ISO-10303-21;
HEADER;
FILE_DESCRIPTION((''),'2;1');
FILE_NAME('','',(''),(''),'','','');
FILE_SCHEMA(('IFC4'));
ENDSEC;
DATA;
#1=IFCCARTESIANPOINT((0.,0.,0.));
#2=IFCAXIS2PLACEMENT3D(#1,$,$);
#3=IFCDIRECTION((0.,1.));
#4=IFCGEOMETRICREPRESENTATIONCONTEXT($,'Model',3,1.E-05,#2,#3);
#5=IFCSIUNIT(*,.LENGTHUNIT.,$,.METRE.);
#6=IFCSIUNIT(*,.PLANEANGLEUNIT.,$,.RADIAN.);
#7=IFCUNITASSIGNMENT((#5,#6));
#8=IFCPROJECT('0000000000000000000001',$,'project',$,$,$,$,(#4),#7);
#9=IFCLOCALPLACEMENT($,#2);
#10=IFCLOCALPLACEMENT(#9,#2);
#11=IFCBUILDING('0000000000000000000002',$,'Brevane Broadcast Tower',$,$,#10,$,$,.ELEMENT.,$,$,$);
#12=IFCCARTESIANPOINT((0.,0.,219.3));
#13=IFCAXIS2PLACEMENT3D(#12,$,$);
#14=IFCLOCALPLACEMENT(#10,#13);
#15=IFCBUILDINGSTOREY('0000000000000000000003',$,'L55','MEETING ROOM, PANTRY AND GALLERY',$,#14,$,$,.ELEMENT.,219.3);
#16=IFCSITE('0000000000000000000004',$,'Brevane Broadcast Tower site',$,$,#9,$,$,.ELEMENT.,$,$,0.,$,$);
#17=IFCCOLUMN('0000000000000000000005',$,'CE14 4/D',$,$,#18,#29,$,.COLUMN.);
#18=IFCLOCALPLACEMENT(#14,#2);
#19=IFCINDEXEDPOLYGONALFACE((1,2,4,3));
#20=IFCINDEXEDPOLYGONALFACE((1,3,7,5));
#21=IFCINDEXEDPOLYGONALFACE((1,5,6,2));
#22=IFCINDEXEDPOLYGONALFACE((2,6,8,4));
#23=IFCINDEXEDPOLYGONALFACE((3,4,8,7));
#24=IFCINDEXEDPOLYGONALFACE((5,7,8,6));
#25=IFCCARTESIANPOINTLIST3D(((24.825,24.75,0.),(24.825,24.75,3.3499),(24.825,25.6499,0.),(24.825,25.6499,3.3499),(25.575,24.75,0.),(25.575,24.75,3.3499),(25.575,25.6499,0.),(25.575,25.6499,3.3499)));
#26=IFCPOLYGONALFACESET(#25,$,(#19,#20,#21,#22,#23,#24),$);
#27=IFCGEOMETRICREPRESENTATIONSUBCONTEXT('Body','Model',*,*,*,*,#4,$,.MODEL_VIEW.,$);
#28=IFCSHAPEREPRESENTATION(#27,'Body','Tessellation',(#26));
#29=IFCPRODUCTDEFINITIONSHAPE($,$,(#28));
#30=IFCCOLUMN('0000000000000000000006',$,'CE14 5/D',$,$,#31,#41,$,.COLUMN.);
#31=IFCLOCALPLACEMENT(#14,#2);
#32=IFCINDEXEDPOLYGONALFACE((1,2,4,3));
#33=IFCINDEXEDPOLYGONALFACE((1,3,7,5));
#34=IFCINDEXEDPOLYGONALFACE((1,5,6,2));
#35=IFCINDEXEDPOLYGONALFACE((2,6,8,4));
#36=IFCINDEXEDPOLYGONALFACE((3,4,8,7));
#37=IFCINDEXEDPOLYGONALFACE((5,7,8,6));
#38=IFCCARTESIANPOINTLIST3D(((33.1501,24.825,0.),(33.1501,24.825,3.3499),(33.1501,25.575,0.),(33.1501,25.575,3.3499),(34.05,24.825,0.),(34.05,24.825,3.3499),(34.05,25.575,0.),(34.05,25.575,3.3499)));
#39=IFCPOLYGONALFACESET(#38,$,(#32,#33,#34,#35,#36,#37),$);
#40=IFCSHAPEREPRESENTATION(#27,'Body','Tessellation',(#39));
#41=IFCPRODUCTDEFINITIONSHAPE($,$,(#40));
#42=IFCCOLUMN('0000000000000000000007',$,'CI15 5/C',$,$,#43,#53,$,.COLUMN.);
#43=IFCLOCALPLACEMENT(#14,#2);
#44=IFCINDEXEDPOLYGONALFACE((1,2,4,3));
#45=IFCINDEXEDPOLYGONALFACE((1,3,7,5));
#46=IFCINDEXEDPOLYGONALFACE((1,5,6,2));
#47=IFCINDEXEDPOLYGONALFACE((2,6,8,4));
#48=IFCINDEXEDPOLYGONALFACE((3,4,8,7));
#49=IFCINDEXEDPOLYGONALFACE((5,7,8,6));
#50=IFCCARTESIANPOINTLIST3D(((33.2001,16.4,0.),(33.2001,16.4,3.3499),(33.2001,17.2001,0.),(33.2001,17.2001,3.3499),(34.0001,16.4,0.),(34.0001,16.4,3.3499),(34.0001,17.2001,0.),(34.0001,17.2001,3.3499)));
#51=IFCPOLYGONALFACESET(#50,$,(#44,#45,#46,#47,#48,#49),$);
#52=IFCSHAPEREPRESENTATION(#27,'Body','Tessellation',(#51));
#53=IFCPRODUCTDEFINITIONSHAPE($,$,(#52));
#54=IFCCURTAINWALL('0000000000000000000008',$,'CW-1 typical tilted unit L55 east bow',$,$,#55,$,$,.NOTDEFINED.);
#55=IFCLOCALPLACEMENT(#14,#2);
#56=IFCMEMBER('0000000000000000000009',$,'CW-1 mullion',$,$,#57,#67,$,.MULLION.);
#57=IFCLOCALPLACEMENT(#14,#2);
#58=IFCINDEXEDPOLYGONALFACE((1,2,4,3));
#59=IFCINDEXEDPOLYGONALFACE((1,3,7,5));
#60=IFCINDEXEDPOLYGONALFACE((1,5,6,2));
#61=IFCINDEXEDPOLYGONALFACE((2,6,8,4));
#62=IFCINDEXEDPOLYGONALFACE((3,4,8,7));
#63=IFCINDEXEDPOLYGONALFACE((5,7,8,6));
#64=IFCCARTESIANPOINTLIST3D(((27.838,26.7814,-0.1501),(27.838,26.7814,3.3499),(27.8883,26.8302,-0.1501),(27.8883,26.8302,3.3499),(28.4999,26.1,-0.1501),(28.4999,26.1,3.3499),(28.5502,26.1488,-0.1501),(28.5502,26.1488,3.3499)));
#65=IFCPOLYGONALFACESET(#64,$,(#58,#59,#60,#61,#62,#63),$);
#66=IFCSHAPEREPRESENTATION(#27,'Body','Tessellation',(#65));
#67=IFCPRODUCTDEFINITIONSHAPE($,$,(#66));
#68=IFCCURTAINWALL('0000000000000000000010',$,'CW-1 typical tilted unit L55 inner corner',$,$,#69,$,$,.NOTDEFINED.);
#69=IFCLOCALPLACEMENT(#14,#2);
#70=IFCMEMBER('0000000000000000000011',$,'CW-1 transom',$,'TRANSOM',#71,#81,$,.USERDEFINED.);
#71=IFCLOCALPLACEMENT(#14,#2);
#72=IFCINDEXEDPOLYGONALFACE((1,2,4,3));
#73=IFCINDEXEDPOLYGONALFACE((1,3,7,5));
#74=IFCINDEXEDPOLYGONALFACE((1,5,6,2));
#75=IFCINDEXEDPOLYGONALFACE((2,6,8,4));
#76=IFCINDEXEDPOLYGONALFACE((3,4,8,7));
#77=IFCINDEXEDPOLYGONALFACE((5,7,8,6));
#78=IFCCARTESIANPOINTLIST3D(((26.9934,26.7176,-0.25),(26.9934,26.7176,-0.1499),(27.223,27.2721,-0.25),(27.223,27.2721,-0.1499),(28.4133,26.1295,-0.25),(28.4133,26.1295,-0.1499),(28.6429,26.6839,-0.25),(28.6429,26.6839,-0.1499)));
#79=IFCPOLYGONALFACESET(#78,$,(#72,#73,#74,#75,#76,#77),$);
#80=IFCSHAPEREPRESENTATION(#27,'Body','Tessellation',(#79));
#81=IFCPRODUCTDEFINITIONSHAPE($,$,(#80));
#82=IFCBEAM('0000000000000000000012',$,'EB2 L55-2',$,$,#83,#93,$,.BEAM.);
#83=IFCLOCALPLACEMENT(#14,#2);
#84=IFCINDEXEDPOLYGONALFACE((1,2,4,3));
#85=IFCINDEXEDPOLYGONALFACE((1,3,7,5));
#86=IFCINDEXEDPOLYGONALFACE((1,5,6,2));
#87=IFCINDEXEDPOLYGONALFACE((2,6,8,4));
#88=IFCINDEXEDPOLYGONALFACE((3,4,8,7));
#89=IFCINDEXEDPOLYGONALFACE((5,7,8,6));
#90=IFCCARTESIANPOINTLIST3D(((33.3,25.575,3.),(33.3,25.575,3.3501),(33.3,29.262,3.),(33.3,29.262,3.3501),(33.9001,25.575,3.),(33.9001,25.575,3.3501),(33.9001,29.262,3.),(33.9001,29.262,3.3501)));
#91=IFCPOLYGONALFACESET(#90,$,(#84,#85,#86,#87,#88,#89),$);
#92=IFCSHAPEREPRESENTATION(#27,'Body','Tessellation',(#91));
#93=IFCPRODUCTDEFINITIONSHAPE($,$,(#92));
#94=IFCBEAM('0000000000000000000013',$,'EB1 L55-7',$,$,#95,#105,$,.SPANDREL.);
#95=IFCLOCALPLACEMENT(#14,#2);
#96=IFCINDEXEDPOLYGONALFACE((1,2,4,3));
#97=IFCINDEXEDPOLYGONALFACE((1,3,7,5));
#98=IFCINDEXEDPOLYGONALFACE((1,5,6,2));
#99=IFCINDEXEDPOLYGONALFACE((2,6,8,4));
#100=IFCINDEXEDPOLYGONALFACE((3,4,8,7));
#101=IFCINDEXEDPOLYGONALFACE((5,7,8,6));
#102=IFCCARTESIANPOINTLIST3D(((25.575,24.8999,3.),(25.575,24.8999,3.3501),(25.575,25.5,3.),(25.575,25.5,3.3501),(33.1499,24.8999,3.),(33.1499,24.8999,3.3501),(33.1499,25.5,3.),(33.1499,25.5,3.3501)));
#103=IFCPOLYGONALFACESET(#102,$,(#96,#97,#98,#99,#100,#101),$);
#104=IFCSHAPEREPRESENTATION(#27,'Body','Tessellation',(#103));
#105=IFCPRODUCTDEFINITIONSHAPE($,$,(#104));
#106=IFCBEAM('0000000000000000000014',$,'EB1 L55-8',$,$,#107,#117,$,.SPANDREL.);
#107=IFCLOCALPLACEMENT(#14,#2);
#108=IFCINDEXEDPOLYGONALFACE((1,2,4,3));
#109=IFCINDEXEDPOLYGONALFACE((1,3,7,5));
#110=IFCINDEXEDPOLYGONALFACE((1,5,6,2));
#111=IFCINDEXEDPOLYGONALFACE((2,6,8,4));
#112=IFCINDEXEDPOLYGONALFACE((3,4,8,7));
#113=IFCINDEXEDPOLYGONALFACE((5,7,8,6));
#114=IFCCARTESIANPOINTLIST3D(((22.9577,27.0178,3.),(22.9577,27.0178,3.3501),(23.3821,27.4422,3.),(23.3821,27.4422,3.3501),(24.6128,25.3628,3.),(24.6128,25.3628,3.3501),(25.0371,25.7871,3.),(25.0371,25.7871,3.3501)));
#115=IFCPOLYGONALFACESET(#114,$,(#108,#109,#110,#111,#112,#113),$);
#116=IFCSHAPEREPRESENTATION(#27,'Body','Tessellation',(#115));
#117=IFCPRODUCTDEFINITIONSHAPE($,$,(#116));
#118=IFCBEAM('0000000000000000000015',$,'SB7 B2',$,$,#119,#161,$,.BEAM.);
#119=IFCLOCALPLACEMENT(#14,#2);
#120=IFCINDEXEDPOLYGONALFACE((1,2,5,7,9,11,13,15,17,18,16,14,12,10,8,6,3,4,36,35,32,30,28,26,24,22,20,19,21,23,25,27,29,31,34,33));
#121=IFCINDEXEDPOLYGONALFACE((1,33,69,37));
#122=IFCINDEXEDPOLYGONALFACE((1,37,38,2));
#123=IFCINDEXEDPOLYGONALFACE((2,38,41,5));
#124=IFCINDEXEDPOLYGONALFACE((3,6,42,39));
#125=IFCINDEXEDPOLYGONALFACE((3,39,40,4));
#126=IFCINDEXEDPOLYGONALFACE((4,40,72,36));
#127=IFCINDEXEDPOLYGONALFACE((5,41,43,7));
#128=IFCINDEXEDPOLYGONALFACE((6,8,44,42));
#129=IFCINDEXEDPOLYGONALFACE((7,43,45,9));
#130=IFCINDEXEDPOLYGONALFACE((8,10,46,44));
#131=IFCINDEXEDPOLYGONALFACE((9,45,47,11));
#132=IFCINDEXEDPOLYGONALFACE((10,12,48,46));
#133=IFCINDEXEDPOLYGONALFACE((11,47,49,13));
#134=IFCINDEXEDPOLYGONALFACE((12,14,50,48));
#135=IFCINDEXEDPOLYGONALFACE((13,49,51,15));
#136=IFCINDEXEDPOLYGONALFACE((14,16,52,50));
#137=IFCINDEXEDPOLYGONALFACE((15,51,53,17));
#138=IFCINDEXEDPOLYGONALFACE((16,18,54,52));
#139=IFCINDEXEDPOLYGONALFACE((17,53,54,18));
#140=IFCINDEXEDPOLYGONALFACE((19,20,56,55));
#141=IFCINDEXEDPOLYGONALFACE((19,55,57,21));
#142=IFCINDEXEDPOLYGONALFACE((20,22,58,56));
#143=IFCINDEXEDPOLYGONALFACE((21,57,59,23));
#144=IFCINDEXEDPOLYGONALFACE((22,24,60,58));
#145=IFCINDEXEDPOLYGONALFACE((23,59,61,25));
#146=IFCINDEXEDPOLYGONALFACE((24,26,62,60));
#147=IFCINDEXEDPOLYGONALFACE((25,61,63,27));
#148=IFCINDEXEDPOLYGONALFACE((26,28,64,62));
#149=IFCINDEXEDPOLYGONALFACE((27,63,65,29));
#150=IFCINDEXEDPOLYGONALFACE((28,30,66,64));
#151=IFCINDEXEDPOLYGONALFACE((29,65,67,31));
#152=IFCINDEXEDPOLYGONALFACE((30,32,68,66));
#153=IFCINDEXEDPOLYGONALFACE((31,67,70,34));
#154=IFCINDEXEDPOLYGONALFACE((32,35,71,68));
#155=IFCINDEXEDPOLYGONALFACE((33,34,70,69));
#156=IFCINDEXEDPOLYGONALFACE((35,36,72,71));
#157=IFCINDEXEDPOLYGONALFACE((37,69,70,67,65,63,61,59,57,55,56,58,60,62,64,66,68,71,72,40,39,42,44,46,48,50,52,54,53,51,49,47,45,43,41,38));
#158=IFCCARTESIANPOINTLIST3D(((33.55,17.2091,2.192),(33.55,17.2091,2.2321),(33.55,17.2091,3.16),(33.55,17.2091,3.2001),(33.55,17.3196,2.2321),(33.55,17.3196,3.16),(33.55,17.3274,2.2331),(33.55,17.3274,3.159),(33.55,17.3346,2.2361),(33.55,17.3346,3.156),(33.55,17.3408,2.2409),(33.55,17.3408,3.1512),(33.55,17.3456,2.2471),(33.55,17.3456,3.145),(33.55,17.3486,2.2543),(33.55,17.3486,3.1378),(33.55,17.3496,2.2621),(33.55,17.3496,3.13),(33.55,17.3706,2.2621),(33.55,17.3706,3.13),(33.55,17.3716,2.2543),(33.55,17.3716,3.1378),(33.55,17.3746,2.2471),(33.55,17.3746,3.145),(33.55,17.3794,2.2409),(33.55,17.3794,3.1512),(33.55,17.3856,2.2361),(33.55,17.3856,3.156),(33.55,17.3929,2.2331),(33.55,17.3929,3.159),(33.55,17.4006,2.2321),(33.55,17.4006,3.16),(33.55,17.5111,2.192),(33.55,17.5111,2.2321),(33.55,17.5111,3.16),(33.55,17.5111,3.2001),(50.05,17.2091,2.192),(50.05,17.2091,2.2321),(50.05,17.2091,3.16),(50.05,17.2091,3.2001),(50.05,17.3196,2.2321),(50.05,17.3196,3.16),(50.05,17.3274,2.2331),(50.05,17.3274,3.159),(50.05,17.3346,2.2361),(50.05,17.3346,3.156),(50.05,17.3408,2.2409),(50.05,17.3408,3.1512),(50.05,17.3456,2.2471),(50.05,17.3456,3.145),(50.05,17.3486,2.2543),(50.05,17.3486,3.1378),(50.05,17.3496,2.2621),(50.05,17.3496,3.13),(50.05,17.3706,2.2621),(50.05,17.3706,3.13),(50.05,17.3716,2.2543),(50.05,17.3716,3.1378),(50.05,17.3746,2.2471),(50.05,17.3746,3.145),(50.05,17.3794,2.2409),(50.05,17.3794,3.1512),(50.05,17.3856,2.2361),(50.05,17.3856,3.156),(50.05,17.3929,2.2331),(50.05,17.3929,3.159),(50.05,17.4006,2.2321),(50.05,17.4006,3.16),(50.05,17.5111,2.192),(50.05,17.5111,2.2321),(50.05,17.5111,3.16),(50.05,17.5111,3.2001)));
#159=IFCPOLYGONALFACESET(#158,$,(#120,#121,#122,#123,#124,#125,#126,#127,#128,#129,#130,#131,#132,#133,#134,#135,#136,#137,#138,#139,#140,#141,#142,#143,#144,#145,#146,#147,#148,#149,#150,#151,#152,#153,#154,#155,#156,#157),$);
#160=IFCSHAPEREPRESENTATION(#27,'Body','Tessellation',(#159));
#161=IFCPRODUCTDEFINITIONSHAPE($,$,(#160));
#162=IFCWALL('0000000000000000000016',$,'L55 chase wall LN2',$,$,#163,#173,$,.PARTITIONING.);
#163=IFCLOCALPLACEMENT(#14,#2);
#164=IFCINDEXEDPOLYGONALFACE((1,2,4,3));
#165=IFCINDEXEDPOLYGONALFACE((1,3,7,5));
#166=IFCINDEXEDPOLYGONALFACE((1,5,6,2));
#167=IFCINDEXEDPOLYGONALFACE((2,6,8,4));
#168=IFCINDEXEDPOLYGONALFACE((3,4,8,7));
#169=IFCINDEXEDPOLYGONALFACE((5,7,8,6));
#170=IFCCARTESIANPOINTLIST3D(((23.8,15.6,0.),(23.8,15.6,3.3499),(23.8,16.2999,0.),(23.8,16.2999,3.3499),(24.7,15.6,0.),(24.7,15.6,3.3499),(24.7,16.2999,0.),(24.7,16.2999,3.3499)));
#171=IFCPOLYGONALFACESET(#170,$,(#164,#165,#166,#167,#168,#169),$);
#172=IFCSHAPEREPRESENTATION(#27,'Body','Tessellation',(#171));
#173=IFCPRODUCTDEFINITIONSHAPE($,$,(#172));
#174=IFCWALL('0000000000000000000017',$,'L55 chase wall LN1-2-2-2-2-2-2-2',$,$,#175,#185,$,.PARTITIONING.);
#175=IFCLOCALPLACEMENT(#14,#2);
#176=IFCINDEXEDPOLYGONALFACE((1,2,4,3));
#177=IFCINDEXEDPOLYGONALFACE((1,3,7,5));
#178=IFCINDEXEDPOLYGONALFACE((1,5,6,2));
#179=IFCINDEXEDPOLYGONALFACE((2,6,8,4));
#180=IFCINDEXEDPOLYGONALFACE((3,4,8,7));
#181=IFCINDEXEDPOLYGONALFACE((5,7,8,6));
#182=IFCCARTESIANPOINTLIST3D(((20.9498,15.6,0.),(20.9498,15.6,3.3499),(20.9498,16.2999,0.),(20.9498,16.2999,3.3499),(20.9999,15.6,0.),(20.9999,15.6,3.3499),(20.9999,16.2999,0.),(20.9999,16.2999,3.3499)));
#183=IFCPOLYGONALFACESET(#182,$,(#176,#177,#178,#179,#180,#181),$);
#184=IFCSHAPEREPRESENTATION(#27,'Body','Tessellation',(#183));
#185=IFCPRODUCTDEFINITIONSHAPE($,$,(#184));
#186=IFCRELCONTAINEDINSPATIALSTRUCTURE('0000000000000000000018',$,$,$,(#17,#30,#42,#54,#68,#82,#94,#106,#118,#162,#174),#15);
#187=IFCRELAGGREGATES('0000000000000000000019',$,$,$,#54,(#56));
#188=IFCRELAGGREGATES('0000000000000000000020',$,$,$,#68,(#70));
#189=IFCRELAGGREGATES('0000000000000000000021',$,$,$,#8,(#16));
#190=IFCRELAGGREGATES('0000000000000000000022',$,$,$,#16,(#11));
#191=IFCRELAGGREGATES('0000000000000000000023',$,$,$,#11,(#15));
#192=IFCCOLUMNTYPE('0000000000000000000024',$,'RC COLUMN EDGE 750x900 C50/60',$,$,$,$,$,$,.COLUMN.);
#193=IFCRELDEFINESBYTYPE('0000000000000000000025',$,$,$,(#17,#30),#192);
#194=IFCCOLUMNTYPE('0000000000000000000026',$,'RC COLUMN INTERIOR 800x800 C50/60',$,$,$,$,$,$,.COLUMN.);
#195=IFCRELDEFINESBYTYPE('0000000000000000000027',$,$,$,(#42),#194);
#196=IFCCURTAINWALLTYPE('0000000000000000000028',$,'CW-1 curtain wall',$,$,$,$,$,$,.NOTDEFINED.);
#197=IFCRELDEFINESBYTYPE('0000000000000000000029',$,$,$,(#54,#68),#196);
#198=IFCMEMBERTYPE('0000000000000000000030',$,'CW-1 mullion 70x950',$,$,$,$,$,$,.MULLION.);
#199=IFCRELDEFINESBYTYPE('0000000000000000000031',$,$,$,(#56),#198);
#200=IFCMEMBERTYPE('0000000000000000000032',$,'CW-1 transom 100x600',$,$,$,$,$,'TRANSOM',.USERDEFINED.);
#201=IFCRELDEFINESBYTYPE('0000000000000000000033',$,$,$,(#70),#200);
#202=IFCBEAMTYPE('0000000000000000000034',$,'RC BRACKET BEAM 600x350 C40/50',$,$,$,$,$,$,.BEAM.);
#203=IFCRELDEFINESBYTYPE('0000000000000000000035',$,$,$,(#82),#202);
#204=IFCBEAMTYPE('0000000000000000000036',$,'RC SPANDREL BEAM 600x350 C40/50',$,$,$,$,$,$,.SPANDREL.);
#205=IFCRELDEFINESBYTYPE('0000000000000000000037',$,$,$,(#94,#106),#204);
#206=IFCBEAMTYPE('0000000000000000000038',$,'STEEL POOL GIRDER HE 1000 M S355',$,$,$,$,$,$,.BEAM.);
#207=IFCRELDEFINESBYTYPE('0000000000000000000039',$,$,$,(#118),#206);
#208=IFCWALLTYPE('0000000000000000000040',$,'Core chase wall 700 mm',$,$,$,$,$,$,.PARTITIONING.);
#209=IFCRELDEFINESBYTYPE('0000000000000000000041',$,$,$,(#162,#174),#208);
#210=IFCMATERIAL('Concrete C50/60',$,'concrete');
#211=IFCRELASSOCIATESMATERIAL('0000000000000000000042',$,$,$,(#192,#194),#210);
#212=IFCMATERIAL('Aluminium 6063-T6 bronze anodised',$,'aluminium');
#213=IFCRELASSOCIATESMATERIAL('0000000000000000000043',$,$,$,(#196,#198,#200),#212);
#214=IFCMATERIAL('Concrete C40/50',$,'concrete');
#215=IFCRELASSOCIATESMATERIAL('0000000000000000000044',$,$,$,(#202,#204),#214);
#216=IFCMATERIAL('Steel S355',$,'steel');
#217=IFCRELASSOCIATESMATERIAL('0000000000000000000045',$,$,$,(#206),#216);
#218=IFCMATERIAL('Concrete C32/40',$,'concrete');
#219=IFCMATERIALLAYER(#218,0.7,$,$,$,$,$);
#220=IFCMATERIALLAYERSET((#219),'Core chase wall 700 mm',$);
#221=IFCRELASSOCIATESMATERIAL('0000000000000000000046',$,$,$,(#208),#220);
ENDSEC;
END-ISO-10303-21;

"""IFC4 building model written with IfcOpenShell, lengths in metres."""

from ifc_helpers import new_model, si_unit, direction, frame, frame_2d, origin, origin_2d, place, context, subcontext, project, spatial, rectangle, i_section, extrude, material, layer, layer_set, material_profile, profile_set, type_object, element, aggregate, save


model = new_model("IFC4")

# Units and contexts
model_context = context("Model", 3, precision=1e-05, world=origin(), true_north=direction((0.0, 1.0)))
body_context = subcontext(model_context, "Body", "Model", "MODEL_VIEW")
ifc_project = project(units=[si_unit("LENGTHUNIT", "METRE"), si_unit("PLANEANGLEUNIT", "RADIAN")], contexts=[model_context])

# Site, building, storey
site_placement = place(None, origin())
site = spatial("IfcSite", under=ifc_project, at=site_placement, Name="Brevane Broadcast Tower site", CompositionType="ELEMENT", RefElevation=0.0)
building_placement = place(site_placement, origin())
building = spatial("IfcBuilding", under=site, at=building_placement, Name="Brevane Broadcast Tower", CompositionType="ELEMENT")
storey_placement = place(building_placement, frame((0.0, 0.0, 219.3)))
storey = spatial("IfcBuildingStorey", under=building, at=storey_placement, Name="L55", Description="MEETING ROOM, PANTRY AND GALLERY", CompositionType="ELEMENT", Elevation=219.3)

# Columns
ifc_material_1 = material(Name="Concrete C50/60", Category="concrete")
ifc_material_profile_1 = material_profile(ifc_material_1, rectangle(XDim=0.75, YDim=0.8999, at=origin_2d()), Name="RC 750x900")
ifc_profile_set_1 = profile_set([ifc_material_profile_1], Name="Concrete C50/60")
column_type_1 = type_object("IfcColumnType", Name="RC COLUMN EDGE 750x900 C50/60", PredefinedType="COLUMN", material=ifc_profile_set_1)
for number, where, z_axis, x_axis, name in (
    (1, (25.2, 25.2, 0.0), (0.0, 0.0, 1.0), (1.0, 0.0, 0.0), "CE14 4/D"),
    (2, (33.6001, 25.2, 0.0), (0.0, 0.0, 1.0), (0.0, 1.0, 0.0), "CE14 5/D"),
):
    element("IfcColumn", number, at=place(storey_placement, frame(where, z_axis=z_axis, x_axis=x_axis)), inside=storey, type_object=column_type_1, Name=name, PredefinedType="COLUMN", context=body_context, shape_type="SweptSolid", body=[
        extrude(rectangle(XDim=0.75, YDim=0.8999, at=origin_2d()), origin(), (0.0, 0.0, 1.0), 3.3499),
    ])
ifc_material_profile_2 = material_profile(ifc_material_1, rectangle(XDim=0.8, YDim=0.8, at=origin_2d()), Name="RC 800x800")
ifc_profile_set_2 = profile_set([ifc_material_profile_2], Name="Concrete C50/60")
column_type_2 = type_object("IfcColumnType", Name="RC COLUMN INTERIOR 800x800 C50/60", PredefinedType="COLUMN", material=ifc_profile_set_2)
column_placement = place(storey_placement, frame((33.6001, 16.8, 0.0), z_axis=(0.0, 0.0, 1.0), x_axis=(1.0, 0.0, 0.0)))
element("IfcColumn", 3, at=column_placement, inside=storey, type_object=column_type_2, Name="CI15 5/C", PredefinedType="COLUMN", context=body_context, shape_type="SweptSolid", body=[
    extrude(rectangle(XDim=0.8, YDim=0.8, at=origin_2d()), origin(), (0.0, 0.0, 1.0), 3.3499),
])

# Curtain walls, members
ifc_material_2 = material(Name="Aluminium 6063-T6 bronze anodised", Category="aluminium")
curtain_wall_type = type_object("IfcCurtainWallType", Name="CW-1 curtain wall", PredefinedType="NOTDEFINED", material=ifc_material_2)
curtain_wall_1_placement = place(storey_placement, origin())
curtain_wall_1 = element("IfcCurtainWall", 4, at=curtain_wall_1_placement, inside=storey, type_object=curtain_wall_type, Name="CW-1 typical tilted unit L55 east bow", PredefinedType="NOTDEFINED")
ifc_material_profile_3 = material_profile(ifc_material_2, rectangle(XDim=0.95, YDim=0.0701, at=origin_2d()), Name="RECT 70x950")
ifc_profile_set_3 = profile_set([ifc_material_profile_3], Name="Aluminium 6063-T6 bronze anodised")
member_type_1 = type_object("IfcMemberType", Name="CW-1 mullion 70x950", PredefinedType="MULLION", material=ifc_profile_set_3)
member_1_placement = place(storey_placement, frame((28.1941, 26.4651, -0.1501), z_axis=(0.0, 0.0, 1.0), x_axis=(0.696812, -0.717254, 0.0)))
member_1 = element("IfcMember", 5, at=member_1_placement, type_object=member_type_1, Name="CW-1 mullion", PredefinedType="MULLION", context=body_context, shape_type="SweptSolid", body=[
    extrude(rectangle(XDim=0.95, YDim=0.0701, at=origin_2d()), origin(), (0.0, 0.0, 1.0), 3.5),
])
aggregate(curtain_wall_1, [member_1])
curtain_wall_2_placement = place(storey_placement, origin())
curtain_wall_2 = element("IfcCurtainWall", 6, at=curtain_wall_2_placement, inside=storey, type_object=curtain_wall_type, Name="CW-1 typical tilted unit L55 inner corner", PredefinedType="NOTDEFINED")
ifc_material_profile_4 = material_profile(ifc_material_2, rectangle(XDim=0.6001, YDim=0.1001, at=origin_2d()), Name="RECT 100x600")
ifc_profile_set_4 = profile_set([ifc_material_profile_4], Name="Aluminium 6063-T6 bronze anodised")
member_type_2 = type_object("IfcMemberType", Name="CW-1 transom 100x600", ElementType="TRANSOM", PredefinedType="USERDEFINED", material=ifc_profile_set_4)
member_2_placement = place(storey_placement, frame((28.5281, 26.4067, -0.2), z_axis=(-0.923883, 0.382674, 0.0), x_axis=(-0.382674, -0.923883, 0.0)))
member_2 = element("IfcMember", 7, at=member_2_placement, type_object=member_type_2, Name="CW-1 transom", ObjectType="TRANSOM", PredefinedType="USERDEFINED", context=body_context, shape_type="SweptSolid", body=[
    extrude(rectangle(XDim=0.6001, YDim=0.1001, at=origin_2d()), origin(), (0.0, 0.0, 1.0), 1.5369),
])
aggregate(curtain_wall_2, [member_2])

# Beams
ifc_material_3 = material(Name="Concrete C40/50", Category="concrete")
ifc_material_profile_5 = material_profile(ifc_material_3, rectangle(XDim=0.6001, YDim=0.3501, at=origin_2d()), Name="RC 600x350")
ifc_profile_set_5 = profile_set([ifc_material_profile_5], Name="Concrete C40/50")
beam_type_1 = type_object("IfcBeamType", Name="RC BRACKET BEAM 600x350 C40/50", PredefinedType="BEAM", material=ifc_profile_set_5)
beam_1_placement = place(storey_placement, frame((33.6001, 25.575, 3.175), z_axis=(0.0, 1.0, 0.0), x_axis=(-1.0, 0.0, 0.0)))
element("IfcBeam", 8, at=beam_1_placement, inside=storey, type_object=beam_type_1, Name="EB2 L55-2", PredefinedType="BEAM", context=body_context, shape_type="SweptSolid", body=[
    extrude(rectangle(XDim=0.6001, YDim=0.3501, at=origin_2d()), origin(), (0.0, 0.0, 1.0), 3.687),
])
ifc_material_profile_6 = material_profile(ifc_material_3, rectangle(XDim=0.6001, YDim=0.3501, at=origin_2d()), Name="RC 600x350")
ifc_profile_set_6 = profile_set([ifc_material_profile_6], Name="Concrete C40/50")
beam_type_2 = type_object("IfcBeamType", Name="RC SPANDREL BEAM 600x350 C40/50", PredefinedType="SPANDREL", material=ifc_profile_set_6)
beam_2_placement = place(storey_placement, frame((33.1499, 25.2, 3.175), z_axis=(-1.0, 0.0, 0.0), x_axis=(0.0, -1.0, 0.0)))
element("IfcBeam", 9, at=beam_2_placement, inside=storey, type_object=beam_type_2, Name="EB1 L55-7", PredefinedType="SPANDREL", context=body_context, shape_type="SweptSolid", body=[
    extrude(rectangle(XDim=0.6001, YDim=0.3501, at=origin_2d()), origin(), (0.0, 0.0, 1.0), 7.575),
])
beam_3_placement = place(storey_placement, frame((24.825, 25.575, 3.175), z_axis=(-0.707107, 0.707107, 0.0), x_axis=(-0.707107, -0.707107, 0.0)))
element("IfcBeam", 10, at=beam_3_placement, inside=storey, type_object=beam_type_2, Name="EB1 L55-8", PredefinedType="SPANDREL", context=body_context, shape_type="SweptSolid", body=[
    extrude(rectangle(XDim=0.6001, YDim=0.3501, at=origin_2d()), origin(), (0.0, 0.0, 1.0), 2.3406),
])
ifc_material_4 = material(Name="Steel S355", Category="steel")
ifc_material_profile_7 = material_profile(ifc_material_4, i_section(OverallWidth=0.302, OverallDepth=1.0081, WebThickness=0.021, FlangeThickness=0.04, FilletRadius=0.03, at=origin_2d()), Name="HE 1000 M")
ifc_profile_set_7 = profile_set([ifc_material_profile_7], Name="Steel S355")
beam_type_3 = type_object("IfcBeamType", Name="STEEL POOL GIRDER HE 1000 M S355", PredefinedType="BEAM", material=ifc_profile_set_7)
beam_4_placement = place(storey_placement, frame((33.55, 17.3601, 2.696), z_axis=(1.0, 0.0, 0.0), x_axis=(0.0, 1.0, 0.0)))
element("IfcBeam", 11, at=beam_4_placement, inside=storey, type_object=beam_type_3, Name="SB7 B2", PredefinedType="BEAM", context=body_context, shape_type="SweptSolid", body=[
    extrude(i_section(OverallWidth=0.302, OverallDepth=1.0081, WebThickness=0.021, FlangeThickness=0.04, FilletRadius=0.03, at=origin_2d()), origin(), (0.0, 0.0, 1.0), 16.5),
])

# Walls
ifc_material_5 = material(Name="Concrete C32/40", Category="concrete")
ifc_layer_1 = layer(ifc_material_5, 0.7)
ifc_layer_set_1 = layer_set([ifc_layer_1], Name="Core chase wall 700 mm")
wall_type_1 = type_object("IfcWallType", Name="Core chase wall 700 mm", PredefinedType="PARTITIONING", material=ifc_layer_set_1)
wall_1_placement = place(storey_placement, frame((23.8, 15.95, 0.0), z_axis=(0.0, 0.0, 1.0), x_axis=(1.0, 0.0, 0.0)))
element("IfcWall", 12, at=wall_1_placement, inside=storey, type_object=wall_type_1, Name="L55 chase wall LN2", PredefinedType="PARTITIONING", context=body_context, shape_type="SweptSolid", body=[
    extrude(rectangle(XDim=0.8999, YDim=0.7, at=frame_2d((0.45, 0.0))), origin(), (0.0, 0.0, 1.0), 3.3499),
])
wall_2_placement = place(storey_placement, frame((20.95, 15.95, 0.0), z_axis=(0.0, 0.0, 1.0), x_axis=(1.0, 0.0, 0.0)))
element("IfcWall", 13, at=wall_2_placement, inside=storey, type_object=wall_type_1, Name="L55 chase wall LN1-2-2-2-2-2-2-2", PredefinedType="PARTITIONING", context=body_context, shape_type="SweptSolid", body=[
    extrude(rectangle(XDim=0.05, YDim=0.7, at=frame_2d((0.0249, 0.0))), origin(), (0.0, 0.0, 1.0), 3.3499),
])

save(model, "model.ifc")
